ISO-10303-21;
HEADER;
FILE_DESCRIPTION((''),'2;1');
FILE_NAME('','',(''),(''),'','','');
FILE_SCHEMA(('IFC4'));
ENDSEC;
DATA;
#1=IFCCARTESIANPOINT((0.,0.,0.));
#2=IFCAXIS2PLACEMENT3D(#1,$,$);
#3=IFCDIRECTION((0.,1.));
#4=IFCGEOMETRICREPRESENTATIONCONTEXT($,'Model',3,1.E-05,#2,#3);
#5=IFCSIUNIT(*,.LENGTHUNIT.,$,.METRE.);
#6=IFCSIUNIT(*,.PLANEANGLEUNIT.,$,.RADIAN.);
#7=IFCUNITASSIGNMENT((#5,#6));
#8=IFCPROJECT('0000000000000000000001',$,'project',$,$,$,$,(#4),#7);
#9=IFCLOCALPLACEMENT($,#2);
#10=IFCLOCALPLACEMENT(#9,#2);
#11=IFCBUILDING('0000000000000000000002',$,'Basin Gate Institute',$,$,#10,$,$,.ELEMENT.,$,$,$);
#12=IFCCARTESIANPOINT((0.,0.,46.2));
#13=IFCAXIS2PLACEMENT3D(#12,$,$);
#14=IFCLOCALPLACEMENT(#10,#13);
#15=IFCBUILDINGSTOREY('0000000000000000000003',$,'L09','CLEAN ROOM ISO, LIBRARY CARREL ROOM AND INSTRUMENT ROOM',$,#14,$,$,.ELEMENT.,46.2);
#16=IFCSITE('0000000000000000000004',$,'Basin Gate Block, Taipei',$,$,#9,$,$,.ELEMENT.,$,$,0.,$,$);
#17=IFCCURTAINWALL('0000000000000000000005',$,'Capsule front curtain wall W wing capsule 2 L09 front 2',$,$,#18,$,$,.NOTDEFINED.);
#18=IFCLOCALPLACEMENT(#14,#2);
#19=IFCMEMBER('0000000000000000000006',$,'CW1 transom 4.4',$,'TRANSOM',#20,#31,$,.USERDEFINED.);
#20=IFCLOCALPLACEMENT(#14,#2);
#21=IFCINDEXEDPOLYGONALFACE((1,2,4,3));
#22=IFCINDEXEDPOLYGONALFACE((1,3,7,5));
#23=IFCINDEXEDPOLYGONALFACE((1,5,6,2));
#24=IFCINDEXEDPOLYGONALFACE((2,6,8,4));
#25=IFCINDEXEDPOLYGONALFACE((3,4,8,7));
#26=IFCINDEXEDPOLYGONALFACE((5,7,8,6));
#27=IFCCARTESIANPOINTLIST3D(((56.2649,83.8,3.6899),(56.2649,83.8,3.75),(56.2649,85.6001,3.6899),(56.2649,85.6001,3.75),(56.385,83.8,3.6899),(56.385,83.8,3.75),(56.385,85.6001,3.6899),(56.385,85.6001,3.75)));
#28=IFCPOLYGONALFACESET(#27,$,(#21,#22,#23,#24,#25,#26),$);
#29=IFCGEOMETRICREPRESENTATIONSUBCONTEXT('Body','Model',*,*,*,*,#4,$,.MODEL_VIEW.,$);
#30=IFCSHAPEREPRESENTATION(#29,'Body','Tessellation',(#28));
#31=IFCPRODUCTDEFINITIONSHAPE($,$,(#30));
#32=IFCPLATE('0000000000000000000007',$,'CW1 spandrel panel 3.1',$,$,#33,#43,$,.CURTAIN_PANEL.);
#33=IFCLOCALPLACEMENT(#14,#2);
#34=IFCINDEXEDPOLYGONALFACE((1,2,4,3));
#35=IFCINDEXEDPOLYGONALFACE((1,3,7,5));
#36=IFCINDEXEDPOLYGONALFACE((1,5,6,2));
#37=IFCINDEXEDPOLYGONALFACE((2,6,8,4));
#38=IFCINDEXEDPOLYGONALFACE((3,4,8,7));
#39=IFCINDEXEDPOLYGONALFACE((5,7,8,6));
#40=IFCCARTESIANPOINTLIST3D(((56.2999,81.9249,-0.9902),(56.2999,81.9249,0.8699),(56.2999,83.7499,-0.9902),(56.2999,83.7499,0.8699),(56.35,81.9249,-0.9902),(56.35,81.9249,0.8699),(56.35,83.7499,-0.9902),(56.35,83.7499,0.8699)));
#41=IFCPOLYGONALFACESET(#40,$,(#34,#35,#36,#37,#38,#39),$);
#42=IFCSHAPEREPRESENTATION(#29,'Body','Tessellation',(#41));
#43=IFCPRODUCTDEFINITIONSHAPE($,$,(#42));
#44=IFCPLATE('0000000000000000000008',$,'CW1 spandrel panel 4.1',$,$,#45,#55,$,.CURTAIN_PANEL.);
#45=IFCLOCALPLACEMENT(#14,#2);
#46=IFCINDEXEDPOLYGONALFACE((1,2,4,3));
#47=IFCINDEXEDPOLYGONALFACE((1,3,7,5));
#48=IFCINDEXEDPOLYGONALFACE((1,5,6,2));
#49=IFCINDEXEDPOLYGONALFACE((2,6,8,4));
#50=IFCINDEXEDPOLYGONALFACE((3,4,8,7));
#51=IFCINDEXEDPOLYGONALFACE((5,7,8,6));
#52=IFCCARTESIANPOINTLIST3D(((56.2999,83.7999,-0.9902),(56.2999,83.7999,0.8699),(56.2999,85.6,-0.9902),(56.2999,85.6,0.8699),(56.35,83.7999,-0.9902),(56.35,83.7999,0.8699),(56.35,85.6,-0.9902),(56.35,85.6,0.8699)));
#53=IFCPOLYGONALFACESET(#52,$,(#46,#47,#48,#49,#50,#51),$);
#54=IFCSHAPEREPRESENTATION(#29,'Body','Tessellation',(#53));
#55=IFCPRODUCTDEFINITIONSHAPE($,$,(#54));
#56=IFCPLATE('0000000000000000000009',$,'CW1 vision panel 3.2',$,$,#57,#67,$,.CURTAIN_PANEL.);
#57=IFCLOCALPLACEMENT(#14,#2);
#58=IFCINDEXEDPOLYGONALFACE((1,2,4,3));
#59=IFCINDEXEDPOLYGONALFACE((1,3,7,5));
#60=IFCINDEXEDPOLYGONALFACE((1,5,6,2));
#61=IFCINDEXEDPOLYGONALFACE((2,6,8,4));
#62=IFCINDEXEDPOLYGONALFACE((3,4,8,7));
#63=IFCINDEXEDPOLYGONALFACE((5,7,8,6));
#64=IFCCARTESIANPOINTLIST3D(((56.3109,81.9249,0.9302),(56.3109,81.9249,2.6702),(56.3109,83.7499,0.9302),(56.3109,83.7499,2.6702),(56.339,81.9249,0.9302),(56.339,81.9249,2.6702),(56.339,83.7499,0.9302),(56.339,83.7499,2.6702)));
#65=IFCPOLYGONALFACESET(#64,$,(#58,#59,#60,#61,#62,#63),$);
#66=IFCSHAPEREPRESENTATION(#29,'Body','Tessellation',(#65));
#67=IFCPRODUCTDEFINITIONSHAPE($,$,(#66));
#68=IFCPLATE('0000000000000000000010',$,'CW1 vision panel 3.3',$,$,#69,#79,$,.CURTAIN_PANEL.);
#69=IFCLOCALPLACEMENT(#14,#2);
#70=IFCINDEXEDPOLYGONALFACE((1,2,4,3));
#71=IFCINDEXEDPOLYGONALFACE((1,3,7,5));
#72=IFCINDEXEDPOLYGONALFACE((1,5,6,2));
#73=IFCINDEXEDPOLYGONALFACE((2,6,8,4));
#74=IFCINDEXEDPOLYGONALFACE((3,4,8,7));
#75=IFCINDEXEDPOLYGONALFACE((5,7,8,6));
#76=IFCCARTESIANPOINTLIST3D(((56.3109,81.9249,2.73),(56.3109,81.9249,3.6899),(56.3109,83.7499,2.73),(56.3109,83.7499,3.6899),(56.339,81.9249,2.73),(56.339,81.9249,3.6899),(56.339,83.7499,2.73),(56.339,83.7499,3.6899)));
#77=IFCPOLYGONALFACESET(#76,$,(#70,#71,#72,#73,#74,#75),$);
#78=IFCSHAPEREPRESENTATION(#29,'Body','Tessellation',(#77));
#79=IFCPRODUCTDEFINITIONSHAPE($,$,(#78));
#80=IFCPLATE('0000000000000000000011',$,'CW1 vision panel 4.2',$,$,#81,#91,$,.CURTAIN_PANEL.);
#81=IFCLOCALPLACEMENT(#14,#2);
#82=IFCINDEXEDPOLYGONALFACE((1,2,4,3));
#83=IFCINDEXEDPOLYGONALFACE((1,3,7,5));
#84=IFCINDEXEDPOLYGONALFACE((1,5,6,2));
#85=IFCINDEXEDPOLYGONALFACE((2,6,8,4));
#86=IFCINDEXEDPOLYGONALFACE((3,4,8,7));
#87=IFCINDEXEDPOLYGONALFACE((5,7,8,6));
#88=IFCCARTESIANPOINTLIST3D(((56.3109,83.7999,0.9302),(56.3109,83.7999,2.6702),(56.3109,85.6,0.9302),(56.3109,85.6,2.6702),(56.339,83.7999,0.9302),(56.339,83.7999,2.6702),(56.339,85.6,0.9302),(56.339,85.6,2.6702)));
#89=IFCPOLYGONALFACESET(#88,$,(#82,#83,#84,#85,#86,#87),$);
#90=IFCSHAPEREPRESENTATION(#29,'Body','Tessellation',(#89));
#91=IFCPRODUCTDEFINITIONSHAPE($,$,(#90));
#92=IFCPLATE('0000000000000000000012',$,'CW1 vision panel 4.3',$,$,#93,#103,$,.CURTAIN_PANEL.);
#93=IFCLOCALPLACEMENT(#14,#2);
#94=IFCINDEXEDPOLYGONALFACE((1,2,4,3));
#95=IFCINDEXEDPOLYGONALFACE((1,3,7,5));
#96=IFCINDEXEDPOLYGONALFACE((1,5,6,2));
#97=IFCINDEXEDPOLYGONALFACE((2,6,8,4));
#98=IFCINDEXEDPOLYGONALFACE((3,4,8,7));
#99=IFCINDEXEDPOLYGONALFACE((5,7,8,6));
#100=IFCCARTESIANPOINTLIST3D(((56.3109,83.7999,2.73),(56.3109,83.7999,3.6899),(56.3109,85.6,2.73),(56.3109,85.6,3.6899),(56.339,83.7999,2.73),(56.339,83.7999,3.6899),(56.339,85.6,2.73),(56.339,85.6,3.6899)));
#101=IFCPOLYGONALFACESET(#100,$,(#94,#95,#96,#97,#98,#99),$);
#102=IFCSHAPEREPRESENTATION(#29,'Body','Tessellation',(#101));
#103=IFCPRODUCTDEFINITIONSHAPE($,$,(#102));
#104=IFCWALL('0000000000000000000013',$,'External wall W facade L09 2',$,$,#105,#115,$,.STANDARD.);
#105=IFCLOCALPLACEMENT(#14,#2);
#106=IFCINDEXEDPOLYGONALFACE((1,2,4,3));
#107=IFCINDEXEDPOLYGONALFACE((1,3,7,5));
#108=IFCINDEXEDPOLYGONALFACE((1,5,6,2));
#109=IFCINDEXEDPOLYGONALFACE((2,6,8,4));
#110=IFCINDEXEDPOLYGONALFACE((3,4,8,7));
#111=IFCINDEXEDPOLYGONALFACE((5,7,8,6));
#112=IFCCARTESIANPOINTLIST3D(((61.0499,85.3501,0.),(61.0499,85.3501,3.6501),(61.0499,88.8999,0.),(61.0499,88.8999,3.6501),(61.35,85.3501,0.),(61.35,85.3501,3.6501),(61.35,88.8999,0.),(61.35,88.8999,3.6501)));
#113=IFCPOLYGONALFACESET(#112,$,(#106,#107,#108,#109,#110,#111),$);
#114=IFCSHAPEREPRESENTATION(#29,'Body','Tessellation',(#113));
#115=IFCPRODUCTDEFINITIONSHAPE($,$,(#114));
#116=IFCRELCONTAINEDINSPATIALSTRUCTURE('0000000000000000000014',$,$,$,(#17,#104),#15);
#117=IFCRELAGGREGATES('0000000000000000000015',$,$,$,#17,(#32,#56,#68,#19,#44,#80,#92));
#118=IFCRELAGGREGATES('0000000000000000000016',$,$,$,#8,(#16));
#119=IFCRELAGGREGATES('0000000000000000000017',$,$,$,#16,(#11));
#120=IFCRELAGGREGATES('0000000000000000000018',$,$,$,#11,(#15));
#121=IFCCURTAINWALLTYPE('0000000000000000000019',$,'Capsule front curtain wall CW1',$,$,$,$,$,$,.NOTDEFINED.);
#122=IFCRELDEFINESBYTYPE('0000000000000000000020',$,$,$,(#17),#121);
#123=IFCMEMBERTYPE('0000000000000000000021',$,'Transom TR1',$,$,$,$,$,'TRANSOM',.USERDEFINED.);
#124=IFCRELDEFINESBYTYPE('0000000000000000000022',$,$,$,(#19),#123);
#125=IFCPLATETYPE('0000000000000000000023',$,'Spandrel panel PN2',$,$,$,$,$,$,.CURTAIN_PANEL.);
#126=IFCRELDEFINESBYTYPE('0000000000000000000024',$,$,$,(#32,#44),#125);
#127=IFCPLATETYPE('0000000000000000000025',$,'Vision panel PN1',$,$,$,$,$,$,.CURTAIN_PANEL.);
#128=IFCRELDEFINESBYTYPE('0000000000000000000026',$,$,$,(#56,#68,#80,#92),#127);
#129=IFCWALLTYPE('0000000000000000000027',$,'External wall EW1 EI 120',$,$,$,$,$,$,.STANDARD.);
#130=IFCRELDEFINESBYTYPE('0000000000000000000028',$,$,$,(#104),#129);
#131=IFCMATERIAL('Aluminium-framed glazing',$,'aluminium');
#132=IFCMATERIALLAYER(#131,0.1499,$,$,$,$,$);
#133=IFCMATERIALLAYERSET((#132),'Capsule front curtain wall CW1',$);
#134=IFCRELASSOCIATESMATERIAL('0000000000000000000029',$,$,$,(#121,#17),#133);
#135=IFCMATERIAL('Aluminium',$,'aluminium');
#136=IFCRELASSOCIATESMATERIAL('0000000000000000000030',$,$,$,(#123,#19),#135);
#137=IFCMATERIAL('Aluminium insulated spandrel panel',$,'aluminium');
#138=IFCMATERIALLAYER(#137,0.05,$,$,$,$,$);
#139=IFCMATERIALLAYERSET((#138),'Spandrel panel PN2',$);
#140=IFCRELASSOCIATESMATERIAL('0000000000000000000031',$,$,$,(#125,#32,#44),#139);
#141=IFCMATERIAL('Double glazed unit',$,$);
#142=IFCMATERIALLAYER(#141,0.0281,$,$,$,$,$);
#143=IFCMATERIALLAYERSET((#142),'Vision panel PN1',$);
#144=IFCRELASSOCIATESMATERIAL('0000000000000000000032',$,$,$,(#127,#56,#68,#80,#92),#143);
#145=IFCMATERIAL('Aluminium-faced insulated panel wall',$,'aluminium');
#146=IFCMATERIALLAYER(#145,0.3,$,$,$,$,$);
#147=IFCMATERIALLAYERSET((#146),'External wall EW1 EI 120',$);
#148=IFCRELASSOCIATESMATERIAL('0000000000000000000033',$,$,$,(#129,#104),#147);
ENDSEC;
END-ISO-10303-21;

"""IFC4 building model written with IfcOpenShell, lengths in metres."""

from ifc_helpers import new_model, si_unit, direction, frame, frame_2d, origin, origin_2d, place, context, subcontext, project, spatial, rectangle, extrude, material, layer, layer_set, material_profile, profile_set, type_object, element, aggregate, save


model = new_model("IFC4")

# Units and contexts
model_context = context("Model", 3, precision=1e-05, world=origin(), true_north=direction((0.0, 1.0)))
body_context = subcontext(model_context, "Body", "Model", "MODEL_VIEW")
ifc_project = project(units=[si_unit("LENGTHUNIT", "METRE"), si_unit("PLANEANGLEUNIT", "RADIAN")], contexts=[model_context])

# Site, building, storey
site_placement = place(None, origin())
site = spatial("IfcSite", under=ifc_project, at=site_placement, Name="Basin Gate Block, Taipei", CompositionType="ELEMENT", RefElevation=0.0)
building_placement = place(site_placement, origin())
building = spatial("IfcBuilding", under=site, at=building_placement, Name="Basin Gate Institute", CompositionType="ELEMENT")
storey_placement = place(building_placement, frame((0.0, 0.0, 46.2)))
storey = spatial("IfcBuildingStorey", under=building, at=storey_placement, Name="L09", Description="CLEAN ROOM ISO, LIBRARY CARREL ROOM AND INSTRUMENT ROOM", CompositionType="ELEMENT", Elevation=46.2)

# Curtain wall
ifc_material_1 = material(Name="Aluminium-framed glazing", Category="aluminium")
ifc_layer_1 = layer(ifc_material_1, 0.1499)
ifc_layer_set_1 = layer_set([ifc_layer_1], Name="Capsule front curtain wall CW1")
curtain_wall_type = type_object("IfcCurtainWallType", Name="Capsule front curtain wall CW1", PredefinedType="NOTDEFINED", material=ifc_layer_set_1)
curtain_wall_1_placement = place(storey_placement, origin())
curtain_wall_1 = element("IfcCurtainWall", 1, at=curtain_wall_1_placement, inside=storey, type_object=curtain_wall_type, material=ifc_layer_set_1, Name="Capsule front curtain wall W wing capsule 2 L09 front 2", PredefinedType="NOTDEFINED")

# Member
ifc_material_2 = material(Name="Aluminium", Category="aluminium")
ifc_material_profile_1 = material_profile(ifc_material_2, rectangle(XDim=0.1201, YDim=0.0601, at=origin_2d()), Name="Transom TR1 120 x 60")
ifc_profile_set_1 = profile_set([ifc_material_profile_1], Name="Aluminium")
member_type_1 = type_object("IfcMemberType", Name="Transom TR1", ElementType="TRANSOM", PredefinedType="USERDEFINED", material=ifc_profile_set_1)
member_1_placement = place(storey_placement, frame((56.325, 83.8, 3.72), z_axis=(0.0, 1.0, 0.0), x_axis=(-1.0, 0.0, 0.0)))
member_1 = element("IfcMember", 2, at=member_1_placement, type_object=member_type_1, material=ifc_profile_set_1, Name="CW1 transom 4.4", ObjectType="TRANSOM", PredefinedType="USERDEFINED", context=body_context, shape_type="SweptSolid", body=[
    extrude(rectangle(XDim=0.1201, YDim=0.0601, at=origin_2d()), origin(), (0.0, 0.0, 1.0), 1.8),
])

# Plates
ifc_material_3 = material(Name="Aluminium insulated spandrel panel", Category="aluminium")
ifc_layer_2 = layer(ifc_material_3, 0.05)
ifc_layer_set_2 = layer_set([ifc_layer_2], Name="Spandrel panel PN2")
plate_type_1 = type_object("IfcPlateType", Name="Spandrel panel PN2", PredefinedType="CURTAIN_PANEL", material=ifc_layer_set_2)
plate_1_placement = place(storey_placement, frame((56.325, 82.8374, -0.9902), z_axis=(0.0, 0.0, 1.0), x_axis=(0.0, 1.0, 0.0)))
plate_1 = element("IfcPlate", 3, at=plate_1_placement, type_object=plate_type_1, material=ifc_layer_set_2, Name="CW1 spandrel panel 3.1", PredefinedType="CURTAIN_PANEL", context=body_context, shape_type="SweptSolid", body=[
    extrude(rectangle(XDim=1.825, YDim=0.05, at=origin_2d()), origin(), (0.0, 0.0, 1.0), 1.8601),
])
plate_2_placement = place(storey_placement, frame((56.325, 84.7, -0.9902), z_axis=(0.0, 0.0, 1.0), x_axis=(0.0, 1.0, 0.0)))
plate_2 = element("IfcPlate", 4, at=plate_2_placement, type_object=plate_type_1, material=ifc_layer_set_2, Name="CW1 spandrel panel 4.1", PredefinedType="CURTAIN_PANEL", context=body_context, shape_type="SweptSolid", body=[
    extrude(rectangle(XDim=1.8, YDim=0.05, at=origin_2d()), origin(), (0.0, 0.0, 1.0), 1.8601),
])
ifc_material_4 = material(Name="Double glazed unit")
ifc_layer_3 = layer(ifc_material_4, 0.0281)
ifc_layer_set_3 = layer_set([ifc_layer_3], Name="Vision panel PN1")
plate_type_2 = type_object("IfcPlateType", Name="Vision panel PN1", PredefinedType="CURTAIN_PANEL", material=ifc_layer_set_3)
plate_3_placement = place(storey_placement, frame((56.325, 82.8374, 0.9302), z_axis=(0.0, 0.0, 1.0), x_axis=(0.0, 1.0, 0.0)))
plate_3 = element("IfcPlate", 5, at=plate_3_placement, type_object=plate_type_2, material=ifc_layer_set_3, Name="CW1 vision panel 3.2", PredefinedType="CURTAIN_PANEL", context=body_context, shape_type="SweptSolid", body=[
    extrude(rectangle(XDim=1.825, YDim=0.0281, at=origin_2d()), origin(), (0.0, 0.0, 1.0), 1.74),
])
plate_4_placement = place(storey_placement, frame((56.325, 82.8374, 2.73), z_axis=(0.0, 0.0, 1.0), x_axis=(0.0, 1.0, 0.0)))
plate_4 = element("IfcPlate", 6, at=plate_4_placement, type_object=plate_type_2, material=ifc_layer_set_3, Name="CW1 vision panel 3.3", PredefinedType="CURTAIN_PANEL", context=body_context, shape_type="SweptSolid", body=[
    extrude(rectangle(XDim=1.825, YDim=0.0281, at=origin_2d()), origin(), (0.0, 0.0, 1.0), 0.96),
])
plate_5_placement = place(storey_placement, frame((56.325, 84.7, 0.9302), z_axis=(0.0, 0.0, 1.0), x_axis=(0.0, 1.0, 0.0)))
plate_5 = element("IfcPlate", 7, at=plate_5_placement, type_object=plate_type_2, material=ifc_layer_set_3, Name="CW1 vision panel 4.2", PredefinedType="CURTAIN_PANEL", context=body_context, shape_type="SweptSolid", body=[
    extrude(rectangle(XDim=1.8, YDim=0.0281, at=origin_2d()), origin(), (0.0, 0.0, 1.0), 1.74),
])
plate_6_placement = place(storey_placement, frame((56.325, 84.7, 2.73), z_axis=(0.0, 0.0, 1.0), x_axis=(0.0, 1.0, 0.0)))
plate_6 = element("IfcPlate", 8, at=plate_6_placement, type_object=plate_type_2, material=ifc_layer_set_3, Name="CW1 vision panel 4.3", PredefinedType="CURTAIN_PANEL", context=body_context, shape_type="SweptSolid", body=[
    extrude(rectangle(XDim=1.8, YDim=0.0281, at=origin_2d()), origin(), (0.0, 0.0, 1.0), 0.96),
])
aggregate(curtain_wall_1, [plate_1, plate_3, plate_4, member_1, plate_2, plate_5, plate_6])

# Wall
ifc_material_5 = material(Name="Aluminium-faced insulated panel wall", Category="aluminium")
ifc_layer_4 = layer(ifc_material_5, 0.3)
ifc_layer_set_4 = layer_set([ifc_layer_4], Name="External wall EW1 EI 120")
wall_type = type_object("IfcWallType", Name="External wall EW1 EI 120", PredefinedType="STANDARD", material=ifc_layer_set_4)
wall_placement = place(storey_placement, frame((61.2, 85.3501, 0.0), z_axis=(0.0, 0.0, 1.0), x_axis=(0.0, 1.0, 0.0)))
element("IfcWall", 9, at=wall_placement, inside=storey, type_object=wall_type, material=ifc_layer_set_4, Name="External wall W facade L09 2", PredefinedType="STANDARD", context=body_context, shape_type="SweptSolid", body=[
    extrude(rectangle(XDim=3.5498, YDim=0.3, at=frame_2d((1.7749, 0.0))), origin(), (0.0, 0.0, 1.0), 3.6501),
])

save(model, "model.ifc")
